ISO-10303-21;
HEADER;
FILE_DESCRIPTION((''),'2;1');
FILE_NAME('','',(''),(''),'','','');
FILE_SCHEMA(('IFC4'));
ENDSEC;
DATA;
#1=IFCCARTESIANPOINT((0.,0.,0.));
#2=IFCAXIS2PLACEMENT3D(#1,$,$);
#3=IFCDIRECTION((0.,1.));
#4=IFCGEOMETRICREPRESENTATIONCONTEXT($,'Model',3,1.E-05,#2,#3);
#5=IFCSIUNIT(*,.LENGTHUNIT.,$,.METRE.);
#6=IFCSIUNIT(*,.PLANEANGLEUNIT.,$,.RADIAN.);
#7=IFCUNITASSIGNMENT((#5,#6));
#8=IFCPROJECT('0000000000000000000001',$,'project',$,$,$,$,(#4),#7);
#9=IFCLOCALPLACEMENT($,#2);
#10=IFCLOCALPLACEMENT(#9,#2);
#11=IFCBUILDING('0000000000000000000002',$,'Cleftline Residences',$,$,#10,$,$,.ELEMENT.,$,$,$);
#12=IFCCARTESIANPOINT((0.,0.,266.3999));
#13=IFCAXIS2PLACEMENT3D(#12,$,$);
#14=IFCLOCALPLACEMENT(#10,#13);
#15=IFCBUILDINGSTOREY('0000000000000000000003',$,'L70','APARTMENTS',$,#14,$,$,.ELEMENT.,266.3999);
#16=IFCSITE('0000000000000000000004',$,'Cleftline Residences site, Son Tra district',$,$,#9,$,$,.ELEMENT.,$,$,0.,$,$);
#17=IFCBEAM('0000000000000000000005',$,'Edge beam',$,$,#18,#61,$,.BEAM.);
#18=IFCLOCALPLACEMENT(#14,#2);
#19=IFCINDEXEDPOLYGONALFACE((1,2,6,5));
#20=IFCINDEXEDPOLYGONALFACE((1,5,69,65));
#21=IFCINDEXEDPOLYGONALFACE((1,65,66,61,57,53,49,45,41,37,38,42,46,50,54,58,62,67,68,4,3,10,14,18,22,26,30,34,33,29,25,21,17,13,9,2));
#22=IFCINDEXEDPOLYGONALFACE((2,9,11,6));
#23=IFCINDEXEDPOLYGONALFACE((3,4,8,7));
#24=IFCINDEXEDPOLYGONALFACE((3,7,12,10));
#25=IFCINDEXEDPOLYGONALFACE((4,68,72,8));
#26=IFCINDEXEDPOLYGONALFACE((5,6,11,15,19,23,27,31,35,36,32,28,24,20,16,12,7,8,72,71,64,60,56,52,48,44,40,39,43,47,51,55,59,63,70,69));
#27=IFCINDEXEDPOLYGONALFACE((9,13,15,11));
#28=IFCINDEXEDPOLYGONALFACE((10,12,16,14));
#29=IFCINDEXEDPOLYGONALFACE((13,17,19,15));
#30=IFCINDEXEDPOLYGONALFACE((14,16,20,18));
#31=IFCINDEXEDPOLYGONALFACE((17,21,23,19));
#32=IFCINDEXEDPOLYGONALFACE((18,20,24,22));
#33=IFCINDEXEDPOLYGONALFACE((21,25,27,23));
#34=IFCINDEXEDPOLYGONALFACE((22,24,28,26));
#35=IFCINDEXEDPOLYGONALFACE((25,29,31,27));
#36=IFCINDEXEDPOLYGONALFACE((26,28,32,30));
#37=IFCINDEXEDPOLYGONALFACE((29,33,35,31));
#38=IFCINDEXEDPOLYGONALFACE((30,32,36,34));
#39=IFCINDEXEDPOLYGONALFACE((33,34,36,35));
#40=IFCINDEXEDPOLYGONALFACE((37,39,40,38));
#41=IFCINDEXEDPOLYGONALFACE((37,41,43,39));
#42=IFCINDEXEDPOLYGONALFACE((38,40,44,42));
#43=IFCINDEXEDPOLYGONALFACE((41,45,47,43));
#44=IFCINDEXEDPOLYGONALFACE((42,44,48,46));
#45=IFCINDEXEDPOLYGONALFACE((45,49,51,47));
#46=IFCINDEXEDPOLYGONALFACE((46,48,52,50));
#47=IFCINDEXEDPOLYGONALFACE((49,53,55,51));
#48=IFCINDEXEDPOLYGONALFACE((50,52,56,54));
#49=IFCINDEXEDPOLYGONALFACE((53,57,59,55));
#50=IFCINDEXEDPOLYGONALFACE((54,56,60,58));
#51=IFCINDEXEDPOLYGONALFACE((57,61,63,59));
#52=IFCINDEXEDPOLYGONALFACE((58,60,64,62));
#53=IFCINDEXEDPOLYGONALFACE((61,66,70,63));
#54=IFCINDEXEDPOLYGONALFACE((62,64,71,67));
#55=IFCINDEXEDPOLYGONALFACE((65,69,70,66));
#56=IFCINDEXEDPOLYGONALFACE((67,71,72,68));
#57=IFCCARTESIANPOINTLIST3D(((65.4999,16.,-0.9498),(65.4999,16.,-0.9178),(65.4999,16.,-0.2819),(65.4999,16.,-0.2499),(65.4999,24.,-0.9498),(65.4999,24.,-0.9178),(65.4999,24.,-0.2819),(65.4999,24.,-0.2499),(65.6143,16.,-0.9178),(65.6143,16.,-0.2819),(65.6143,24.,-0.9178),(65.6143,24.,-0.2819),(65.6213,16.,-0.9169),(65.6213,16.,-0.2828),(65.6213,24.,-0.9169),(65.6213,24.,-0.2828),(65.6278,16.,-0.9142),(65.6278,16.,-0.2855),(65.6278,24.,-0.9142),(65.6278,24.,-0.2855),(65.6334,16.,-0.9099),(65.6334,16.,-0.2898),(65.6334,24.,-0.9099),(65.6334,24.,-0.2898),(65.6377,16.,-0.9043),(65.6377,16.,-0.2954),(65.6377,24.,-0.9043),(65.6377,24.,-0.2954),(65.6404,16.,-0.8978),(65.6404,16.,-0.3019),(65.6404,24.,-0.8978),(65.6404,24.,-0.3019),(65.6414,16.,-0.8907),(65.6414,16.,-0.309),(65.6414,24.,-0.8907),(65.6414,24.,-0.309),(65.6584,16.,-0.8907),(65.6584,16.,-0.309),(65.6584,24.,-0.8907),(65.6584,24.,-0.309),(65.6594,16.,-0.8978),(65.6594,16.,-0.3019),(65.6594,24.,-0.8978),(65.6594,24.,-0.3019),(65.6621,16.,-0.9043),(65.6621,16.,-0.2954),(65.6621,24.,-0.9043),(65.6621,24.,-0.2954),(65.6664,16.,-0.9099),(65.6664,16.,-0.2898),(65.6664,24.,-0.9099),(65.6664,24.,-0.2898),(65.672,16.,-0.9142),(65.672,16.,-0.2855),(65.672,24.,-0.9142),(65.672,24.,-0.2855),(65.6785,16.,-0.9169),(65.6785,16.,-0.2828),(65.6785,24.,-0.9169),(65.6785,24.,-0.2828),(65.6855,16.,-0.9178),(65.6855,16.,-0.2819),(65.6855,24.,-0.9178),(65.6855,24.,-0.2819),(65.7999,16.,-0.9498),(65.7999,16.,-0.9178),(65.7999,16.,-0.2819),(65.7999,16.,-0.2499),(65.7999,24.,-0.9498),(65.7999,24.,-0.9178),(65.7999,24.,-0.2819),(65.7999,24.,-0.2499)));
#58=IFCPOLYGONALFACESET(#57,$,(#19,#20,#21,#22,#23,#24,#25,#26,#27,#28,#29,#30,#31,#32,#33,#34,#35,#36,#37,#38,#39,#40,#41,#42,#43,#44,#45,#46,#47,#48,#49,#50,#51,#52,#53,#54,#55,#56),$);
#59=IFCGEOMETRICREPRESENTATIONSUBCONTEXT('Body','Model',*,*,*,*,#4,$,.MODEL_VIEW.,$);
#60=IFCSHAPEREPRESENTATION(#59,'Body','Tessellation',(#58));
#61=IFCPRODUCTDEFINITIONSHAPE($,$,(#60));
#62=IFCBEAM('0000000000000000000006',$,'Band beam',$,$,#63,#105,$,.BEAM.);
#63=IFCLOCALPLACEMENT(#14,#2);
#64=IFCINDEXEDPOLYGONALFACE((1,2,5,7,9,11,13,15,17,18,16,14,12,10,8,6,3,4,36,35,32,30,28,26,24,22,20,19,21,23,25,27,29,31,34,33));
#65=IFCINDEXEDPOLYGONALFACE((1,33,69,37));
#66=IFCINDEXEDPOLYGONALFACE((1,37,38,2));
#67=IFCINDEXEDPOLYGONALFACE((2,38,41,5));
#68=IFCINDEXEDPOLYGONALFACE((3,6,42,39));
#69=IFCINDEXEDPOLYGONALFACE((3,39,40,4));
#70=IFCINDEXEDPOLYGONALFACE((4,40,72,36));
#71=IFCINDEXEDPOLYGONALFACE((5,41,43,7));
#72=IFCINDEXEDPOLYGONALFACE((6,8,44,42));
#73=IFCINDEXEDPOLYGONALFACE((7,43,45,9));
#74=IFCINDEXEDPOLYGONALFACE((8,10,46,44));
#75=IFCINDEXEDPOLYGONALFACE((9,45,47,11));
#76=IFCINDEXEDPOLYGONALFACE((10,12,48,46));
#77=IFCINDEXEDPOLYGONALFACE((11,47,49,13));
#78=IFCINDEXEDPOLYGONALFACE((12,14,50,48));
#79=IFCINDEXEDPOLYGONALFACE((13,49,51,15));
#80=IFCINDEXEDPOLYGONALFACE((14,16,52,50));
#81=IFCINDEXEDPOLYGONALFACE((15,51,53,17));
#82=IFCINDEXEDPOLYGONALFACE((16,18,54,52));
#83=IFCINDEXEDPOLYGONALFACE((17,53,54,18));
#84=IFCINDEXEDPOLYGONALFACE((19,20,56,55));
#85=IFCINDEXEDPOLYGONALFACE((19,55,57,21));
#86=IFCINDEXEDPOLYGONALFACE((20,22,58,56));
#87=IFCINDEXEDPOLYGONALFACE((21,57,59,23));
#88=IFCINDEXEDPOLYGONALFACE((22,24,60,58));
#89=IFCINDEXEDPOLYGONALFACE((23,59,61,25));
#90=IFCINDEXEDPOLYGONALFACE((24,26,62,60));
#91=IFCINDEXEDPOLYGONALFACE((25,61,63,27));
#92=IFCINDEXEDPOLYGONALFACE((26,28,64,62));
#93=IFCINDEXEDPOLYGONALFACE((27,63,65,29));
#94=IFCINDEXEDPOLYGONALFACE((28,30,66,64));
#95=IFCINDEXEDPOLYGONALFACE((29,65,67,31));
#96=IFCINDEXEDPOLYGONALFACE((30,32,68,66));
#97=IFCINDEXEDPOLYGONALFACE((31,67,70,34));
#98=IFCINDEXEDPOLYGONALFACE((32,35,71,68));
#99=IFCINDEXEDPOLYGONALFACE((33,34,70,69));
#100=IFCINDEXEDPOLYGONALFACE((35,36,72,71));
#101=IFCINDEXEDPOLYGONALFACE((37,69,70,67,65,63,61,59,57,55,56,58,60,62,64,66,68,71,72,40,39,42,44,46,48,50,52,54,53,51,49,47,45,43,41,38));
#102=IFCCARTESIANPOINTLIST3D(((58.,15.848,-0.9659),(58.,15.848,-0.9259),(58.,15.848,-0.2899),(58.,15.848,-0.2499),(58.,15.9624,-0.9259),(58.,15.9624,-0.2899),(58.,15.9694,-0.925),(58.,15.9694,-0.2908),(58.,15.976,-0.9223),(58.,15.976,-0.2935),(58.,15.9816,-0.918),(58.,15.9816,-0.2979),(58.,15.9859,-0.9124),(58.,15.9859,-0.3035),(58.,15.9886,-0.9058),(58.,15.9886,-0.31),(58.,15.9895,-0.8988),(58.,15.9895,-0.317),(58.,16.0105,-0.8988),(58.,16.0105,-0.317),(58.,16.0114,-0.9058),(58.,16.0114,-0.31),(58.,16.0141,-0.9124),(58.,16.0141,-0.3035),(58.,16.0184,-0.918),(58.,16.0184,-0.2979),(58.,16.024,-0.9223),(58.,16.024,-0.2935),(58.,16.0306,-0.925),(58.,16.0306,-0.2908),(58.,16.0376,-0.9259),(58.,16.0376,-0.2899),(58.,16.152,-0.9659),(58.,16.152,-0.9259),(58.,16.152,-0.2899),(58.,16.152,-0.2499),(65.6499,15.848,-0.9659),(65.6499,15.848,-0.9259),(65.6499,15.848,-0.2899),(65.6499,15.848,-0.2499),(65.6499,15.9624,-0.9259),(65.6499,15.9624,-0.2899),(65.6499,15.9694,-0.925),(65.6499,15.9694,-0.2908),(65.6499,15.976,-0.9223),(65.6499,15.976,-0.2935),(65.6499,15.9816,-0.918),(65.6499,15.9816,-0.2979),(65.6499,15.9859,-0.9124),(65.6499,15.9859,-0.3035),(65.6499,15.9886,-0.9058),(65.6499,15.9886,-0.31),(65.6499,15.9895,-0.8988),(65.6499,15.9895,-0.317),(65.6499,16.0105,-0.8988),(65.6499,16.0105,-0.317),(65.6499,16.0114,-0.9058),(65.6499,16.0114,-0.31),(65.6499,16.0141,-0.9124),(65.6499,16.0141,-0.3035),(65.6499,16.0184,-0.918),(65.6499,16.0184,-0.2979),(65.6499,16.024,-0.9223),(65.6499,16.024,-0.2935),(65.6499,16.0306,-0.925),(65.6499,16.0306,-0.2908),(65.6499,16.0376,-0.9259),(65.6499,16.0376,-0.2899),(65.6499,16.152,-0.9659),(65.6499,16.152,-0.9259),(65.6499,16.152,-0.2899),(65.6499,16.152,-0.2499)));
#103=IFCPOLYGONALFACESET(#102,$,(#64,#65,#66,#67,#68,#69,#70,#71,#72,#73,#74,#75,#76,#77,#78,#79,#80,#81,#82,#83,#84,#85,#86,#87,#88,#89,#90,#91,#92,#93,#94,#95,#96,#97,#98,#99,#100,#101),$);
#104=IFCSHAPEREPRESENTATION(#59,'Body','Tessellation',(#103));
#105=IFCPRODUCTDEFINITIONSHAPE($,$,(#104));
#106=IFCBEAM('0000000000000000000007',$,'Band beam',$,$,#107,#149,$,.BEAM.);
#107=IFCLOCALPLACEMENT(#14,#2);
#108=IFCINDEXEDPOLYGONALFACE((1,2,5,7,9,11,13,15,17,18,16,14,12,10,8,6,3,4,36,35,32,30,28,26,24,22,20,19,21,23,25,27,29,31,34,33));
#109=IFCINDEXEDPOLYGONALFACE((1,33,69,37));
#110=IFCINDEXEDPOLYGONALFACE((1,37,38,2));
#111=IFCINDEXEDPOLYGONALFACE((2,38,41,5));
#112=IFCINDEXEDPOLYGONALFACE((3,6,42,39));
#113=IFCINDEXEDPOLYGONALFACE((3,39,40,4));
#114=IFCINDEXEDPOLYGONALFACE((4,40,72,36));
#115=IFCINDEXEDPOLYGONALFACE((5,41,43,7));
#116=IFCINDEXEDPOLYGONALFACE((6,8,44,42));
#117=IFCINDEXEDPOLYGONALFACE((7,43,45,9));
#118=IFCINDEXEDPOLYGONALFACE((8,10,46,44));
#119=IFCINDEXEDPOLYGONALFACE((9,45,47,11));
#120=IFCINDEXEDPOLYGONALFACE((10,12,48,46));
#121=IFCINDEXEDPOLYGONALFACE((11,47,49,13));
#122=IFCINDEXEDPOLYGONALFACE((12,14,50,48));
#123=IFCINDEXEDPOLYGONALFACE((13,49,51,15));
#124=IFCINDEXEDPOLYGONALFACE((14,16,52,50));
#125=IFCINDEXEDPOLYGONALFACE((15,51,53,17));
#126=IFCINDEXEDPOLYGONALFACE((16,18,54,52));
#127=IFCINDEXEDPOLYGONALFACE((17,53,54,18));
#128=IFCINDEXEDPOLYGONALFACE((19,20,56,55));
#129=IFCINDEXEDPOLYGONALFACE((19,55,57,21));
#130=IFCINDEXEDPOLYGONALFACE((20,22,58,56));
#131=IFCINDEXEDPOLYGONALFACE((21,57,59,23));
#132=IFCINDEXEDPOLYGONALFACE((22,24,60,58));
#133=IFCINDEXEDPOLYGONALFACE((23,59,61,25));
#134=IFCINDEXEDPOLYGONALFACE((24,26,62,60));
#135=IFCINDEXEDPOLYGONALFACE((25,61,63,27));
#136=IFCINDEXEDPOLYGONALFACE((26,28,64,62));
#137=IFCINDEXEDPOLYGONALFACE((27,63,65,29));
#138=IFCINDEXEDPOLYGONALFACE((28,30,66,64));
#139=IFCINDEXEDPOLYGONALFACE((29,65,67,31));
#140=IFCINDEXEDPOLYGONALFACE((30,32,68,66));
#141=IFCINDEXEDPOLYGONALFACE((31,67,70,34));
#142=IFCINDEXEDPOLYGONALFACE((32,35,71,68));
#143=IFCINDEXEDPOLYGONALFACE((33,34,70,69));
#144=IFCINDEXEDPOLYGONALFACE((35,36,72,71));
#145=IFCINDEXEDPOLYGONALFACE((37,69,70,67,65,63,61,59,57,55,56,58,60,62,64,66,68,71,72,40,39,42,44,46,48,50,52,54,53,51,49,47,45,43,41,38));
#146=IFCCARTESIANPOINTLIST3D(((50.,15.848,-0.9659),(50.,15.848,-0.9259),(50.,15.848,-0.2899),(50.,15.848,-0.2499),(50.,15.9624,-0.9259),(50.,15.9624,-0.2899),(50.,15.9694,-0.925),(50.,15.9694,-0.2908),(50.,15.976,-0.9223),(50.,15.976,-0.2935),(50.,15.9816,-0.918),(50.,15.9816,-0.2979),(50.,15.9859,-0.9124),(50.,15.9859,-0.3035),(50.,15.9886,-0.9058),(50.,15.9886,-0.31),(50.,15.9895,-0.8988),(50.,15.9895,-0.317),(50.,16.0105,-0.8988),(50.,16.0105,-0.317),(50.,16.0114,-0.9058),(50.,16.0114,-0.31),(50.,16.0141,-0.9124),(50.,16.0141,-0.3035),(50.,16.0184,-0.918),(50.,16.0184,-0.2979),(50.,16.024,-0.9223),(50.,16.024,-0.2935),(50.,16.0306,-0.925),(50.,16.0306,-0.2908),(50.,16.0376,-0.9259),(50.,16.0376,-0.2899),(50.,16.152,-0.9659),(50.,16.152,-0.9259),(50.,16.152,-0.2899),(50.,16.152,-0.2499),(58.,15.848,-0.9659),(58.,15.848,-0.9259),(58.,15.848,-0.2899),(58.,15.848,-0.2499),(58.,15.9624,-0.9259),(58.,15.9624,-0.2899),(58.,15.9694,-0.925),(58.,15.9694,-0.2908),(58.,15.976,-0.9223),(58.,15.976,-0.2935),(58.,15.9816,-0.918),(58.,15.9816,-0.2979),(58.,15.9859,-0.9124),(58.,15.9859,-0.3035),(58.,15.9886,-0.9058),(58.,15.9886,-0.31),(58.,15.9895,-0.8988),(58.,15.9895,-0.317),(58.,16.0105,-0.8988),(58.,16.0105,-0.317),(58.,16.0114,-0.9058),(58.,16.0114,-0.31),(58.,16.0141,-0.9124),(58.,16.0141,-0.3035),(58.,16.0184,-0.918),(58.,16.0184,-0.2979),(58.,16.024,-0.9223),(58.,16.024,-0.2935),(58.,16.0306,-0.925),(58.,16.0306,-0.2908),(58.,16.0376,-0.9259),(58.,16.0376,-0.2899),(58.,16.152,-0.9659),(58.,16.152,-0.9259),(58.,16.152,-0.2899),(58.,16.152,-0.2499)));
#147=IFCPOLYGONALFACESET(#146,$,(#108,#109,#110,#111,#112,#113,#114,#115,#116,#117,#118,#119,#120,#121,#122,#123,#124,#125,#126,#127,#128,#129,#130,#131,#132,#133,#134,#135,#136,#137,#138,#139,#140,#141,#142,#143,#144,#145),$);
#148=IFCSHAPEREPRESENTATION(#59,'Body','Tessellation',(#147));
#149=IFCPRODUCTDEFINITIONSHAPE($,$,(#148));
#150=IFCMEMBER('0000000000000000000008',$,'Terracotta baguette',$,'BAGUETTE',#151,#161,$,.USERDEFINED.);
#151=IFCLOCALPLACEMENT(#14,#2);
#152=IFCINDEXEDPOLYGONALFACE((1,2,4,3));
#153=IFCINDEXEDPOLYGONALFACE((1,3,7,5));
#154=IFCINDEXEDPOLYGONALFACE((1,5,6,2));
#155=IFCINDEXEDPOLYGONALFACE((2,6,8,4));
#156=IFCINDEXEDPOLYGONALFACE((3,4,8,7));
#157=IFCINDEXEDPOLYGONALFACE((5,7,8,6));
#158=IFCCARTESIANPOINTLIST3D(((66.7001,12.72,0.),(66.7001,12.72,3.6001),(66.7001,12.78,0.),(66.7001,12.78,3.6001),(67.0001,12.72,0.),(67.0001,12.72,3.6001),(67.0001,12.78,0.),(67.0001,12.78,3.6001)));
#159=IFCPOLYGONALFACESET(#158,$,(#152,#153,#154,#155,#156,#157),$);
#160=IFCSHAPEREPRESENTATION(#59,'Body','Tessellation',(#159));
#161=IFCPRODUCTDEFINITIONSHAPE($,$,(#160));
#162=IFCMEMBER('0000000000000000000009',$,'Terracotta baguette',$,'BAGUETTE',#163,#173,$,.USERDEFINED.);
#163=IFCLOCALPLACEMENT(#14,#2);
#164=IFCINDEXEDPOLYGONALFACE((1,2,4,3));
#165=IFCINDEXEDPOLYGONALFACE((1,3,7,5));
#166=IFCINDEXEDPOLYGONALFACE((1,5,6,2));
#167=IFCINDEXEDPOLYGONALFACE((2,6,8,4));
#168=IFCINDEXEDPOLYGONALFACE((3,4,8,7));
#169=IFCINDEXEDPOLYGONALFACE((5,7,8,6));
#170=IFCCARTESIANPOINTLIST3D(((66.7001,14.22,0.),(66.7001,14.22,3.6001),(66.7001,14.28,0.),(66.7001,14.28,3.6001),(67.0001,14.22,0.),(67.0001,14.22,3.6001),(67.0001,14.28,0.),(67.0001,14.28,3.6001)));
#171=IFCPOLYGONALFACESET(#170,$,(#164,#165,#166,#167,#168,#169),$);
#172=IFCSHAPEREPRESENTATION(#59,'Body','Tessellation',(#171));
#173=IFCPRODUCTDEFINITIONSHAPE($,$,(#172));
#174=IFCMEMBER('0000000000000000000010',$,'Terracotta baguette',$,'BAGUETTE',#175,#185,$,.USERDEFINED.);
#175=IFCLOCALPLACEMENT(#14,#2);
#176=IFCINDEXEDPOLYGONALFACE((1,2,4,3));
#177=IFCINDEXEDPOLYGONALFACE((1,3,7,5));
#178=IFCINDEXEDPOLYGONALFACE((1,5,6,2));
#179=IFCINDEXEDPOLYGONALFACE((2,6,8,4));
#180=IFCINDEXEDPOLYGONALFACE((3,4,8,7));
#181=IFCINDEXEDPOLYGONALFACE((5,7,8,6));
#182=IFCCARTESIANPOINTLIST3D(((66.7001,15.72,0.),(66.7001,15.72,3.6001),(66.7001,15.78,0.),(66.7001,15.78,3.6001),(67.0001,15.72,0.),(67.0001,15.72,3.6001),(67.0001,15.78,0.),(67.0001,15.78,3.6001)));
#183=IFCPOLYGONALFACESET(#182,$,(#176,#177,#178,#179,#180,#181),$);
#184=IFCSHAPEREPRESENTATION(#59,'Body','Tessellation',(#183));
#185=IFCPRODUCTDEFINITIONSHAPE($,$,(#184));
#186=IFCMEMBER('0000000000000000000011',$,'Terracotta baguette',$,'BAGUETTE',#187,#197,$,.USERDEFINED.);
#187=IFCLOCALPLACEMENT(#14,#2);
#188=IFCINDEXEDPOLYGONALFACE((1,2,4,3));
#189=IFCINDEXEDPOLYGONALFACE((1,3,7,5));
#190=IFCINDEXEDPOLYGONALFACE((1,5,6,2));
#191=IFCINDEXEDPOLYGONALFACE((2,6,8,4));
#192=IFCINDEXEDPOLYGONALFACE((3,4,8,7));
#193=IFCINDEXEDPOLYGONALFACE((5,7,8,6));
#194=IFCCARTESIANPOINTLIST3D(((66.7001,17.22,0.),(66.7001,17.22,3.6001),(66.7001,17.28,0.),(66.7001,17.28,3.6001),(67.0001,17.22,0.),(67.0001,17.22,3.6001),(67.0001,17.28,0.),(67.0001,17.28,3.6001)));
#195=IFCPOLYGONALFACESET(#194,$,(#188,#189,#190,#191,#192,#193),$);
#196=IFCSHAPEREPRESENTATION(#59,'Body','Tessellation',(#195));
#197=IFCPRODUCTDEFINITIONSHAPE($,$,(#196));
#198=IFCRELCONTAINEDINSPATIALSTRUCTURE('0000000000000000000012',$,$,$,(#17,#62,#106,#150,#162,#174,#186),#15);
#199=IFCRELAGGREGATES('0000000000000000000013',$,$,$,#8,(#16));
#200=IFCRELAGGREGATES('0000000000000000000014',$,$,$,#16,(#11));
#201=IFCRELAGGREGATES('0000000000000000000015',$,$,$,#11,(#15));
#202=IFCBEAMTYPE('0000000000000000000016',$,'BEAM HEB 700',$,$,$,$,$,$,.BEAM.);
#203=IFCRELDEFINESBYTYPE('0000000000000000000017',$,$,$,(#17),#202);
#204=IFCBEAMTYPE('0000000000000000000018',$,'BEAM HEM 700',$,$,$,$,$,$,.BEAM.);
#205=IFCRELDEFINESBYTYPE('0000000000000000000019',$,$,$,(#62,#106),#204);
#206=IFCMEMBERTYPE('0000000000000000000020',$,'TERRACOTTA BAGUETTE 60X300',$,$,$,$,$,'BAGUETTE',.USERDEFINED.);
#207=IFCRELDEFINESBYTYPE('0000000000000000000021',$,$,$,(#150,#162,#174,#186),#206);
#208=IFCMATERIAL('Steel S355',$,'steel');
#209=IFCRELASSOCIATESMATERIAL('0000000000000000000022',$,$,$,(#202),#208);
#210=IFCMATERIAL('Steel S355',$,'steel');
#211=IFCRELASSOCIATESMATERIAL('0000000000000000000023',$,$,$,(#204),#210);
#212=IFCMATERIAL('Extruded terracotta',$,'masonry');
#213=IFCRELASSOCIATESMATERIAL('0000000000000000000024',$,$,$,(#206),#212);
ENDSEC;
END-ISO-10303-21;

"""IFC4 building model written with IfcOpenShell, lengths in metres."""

from ifc_helpers import new_model, si_unit, direction, frame, origin, origin_2d, place, context, subcontext, project, spatial, rectangle, i_section, extrude, material, material_profile, profile_set, type_object, element, save


model = new_model("IFC4")

# Units and contexts
model_context = context("Model", 3, precision=1e-05, world=origin(), true_north=direction((0.0, 1.0)))
body_context = subcontext(model_context, "Body", "Model", "MODEL_VIEW")
ifc_project = project(units=[si_unit("LENGTHUNIT", "METRE"), si_unit("PLANEANGLEUNIT", "RADIAN")], contexts=[model_context])

# Site, building, storey
site_placement = place(None, origin())
site = spatial("IfcSite", under=ifc_project, at=site_placement, Name="Cleftline Residences site, Son Tra district", CompositionType="ELEMENT", RefElevation=0.0)
building_placement = place(site_placement, origin())
building = spatial("IfcBuilding", under=site, at=building_placement, Name="Cleftline Residences", CompositionType="ELEMENT")
storey_placement = place(building_placement, frame((0.0, 0.0, 266.3999)))
storey = spatial("IfcBuildingStorey", under=building, at=storey_placement, Name="L70", Description="APARTMENTS", CompositionType="ELEMENT", Elevation=266.3999)

# Beams
ifc_material_1 = material(Name="Steel S355", Category="steel")
ifc_material_profile_1 = material_profile(ifc_material_1, i_section(OverallWidth=0.3, OverallDepth=0.7, WebThickness=0.0171, FlangeThickness=0.032, FilletRadius=0.0271, at=origin_2d()))
ifc_profile_set_1 = profile_set([ifc_material_profile_1], Name="Steel S355")
beam_type_1 = type_object("IfcBeamType", Name="BEAM HEB 700", PredefinedType="BEAM", material=ifc_profile_set_1)
beam_1_placement = place(storey_placement, frame((65.6499, 16.0, -0.5999), z_axis=(0.0, 1.0, 0.0), x_axis=(-1.0, 0.0, 0.0)))
element("IfcBeam", 1, at=beam_1_placement, inside=storey, type_object=beam_type_1, Name="Edge beam", PredefinedType="BEAM", context=body_context, shape_type="SweptSolid", body=[
    extrude(i_section(OverallWidth=0.3, OverallDepth=0.7, WebThickness=0.0171, FlangeThickness=0.032, FilletRadius=0.0271, at=origin_2d()), origin(), (0.0, 0.0, 1.0), 8.0),
])
ifc_material_2 = material(Name="Steel S355", Category="steel")
ifc_material_profile_2 = material_profile(ifc_material_2, i_section(OverallWidth=0.304, OverallDepth=0.7161, WebThickness=0.021, FlangeThickness=0.04, FilletRadius=0.0271, at=origin_2d()))
ifc_profile_set_2 = profile_set([ifc_material_profile_2], Name="Steel S355")
beam_type_2 = type_object("IfcBeamType", Name="BEAM HEM 700", PredefinedType="BEAM", material=ifc_profile_set_2)
beam_2_placement = place(storey_placement, frame((65.6499, 16.0, -0.6079), z_axis=(-1.0, 0.0, 0.0), x_axis=(0.0, -1.0, 0.0)))
element("IfcBeam", 2, at=beam_2_placement, inside=storey, type_object=beam_type_2, Name="Band beam", PredefinedType="BEAM", context=body_context, shape_type="SweptSolid", body=[
    extrude(i_section(OverallWidth=0.304, OverallDepth=0.7161, WebThickness=0.021, FlangeThickness=0.04, FilletRadius=0.0271, at=origin_2d()), origin(), (0.0, 0.0, 1.0), 7.6499),
])
beam_3_placement = place(storey_placement, frame((58.0, 16.0, -0.6079), z_axis=(-1.0, 0.0, 0.0), x_axis=(0.0, -1.0, 0.0)))
element("IfcBeam", 3, at=beam_3_placement, inside=storey, type_object=beam_type_2, Name="Band beam", PredefinedType="BEAM", context=body_context, shape_type="SweptSolid", body=[
    extrude(i_section(OverallWidth=0.304, OverallDepth=0.7161, WebThickness=0.021, FlangeThickness=0.04, FilletRadius=0.0271, at=origin_2d()), origin(), (0.0, 0.0, 1.0), 8.0),
])

# Members
ifc_material_3 = material(Name="Extruded terracotta", Category="masonry")
ifc_material_profile_3 = material_profile(ifc_material_3, rectangle(XDim=0.0601, YDim=0.3, at=origin_2d()))
ifc_profile_set_3 = profile_set([ifc_material_profile_3], Name="Extruded terracotta")
member_type_1 = type_object("IfcMemberType", Name="TERRACOTTA BAGUETTE 60X300", ElementType="BAGUETTE", PredefinedType="USERDEFINED", material=ifc_profile_set_3)
for number, where, z_axis, x_axis, name in (
    (4, (66.8501, 12.75, 0.0), (0.0, 0.0, 1.0), (0.0, 1.0, 0.0), "Terracotta baguette"),
    (5, (66.8501, 14.25, 0.0), (0.0, 0.0, 1.0), (0.0, 1.0, 0.0), "Terracotta baguette"),
    (6, (66.8501, 15.75, 0.0), (0.0, 0.0, 1.0), (0.0, 1.0, 0.0), "Terracotta baguette"),
    (7, (66.8501, 17.25, 0.0), (0.0, 0.0, 1.0), (0.0, 1.0, 0.0), "Terracotta baguette"),
):
    element("IfcMember", number, at=place(storey_placement, frame(where, z_axis=z_axis, x_axis=x_axis)), inside=storey, type_object=member_type_1, Name=name, ObjectType="BAGUETTE", PredefinedType="USERDEFINED", context=body_context, shape_type="SweptSolid", body=[
        extrude(rectangle(XDim=0.0601, YDim=0.3, at=origin_2d()), origin(), (0.0, 0.0, 1.0), 3.6001),
    ])

save(model, "model.ifc")
